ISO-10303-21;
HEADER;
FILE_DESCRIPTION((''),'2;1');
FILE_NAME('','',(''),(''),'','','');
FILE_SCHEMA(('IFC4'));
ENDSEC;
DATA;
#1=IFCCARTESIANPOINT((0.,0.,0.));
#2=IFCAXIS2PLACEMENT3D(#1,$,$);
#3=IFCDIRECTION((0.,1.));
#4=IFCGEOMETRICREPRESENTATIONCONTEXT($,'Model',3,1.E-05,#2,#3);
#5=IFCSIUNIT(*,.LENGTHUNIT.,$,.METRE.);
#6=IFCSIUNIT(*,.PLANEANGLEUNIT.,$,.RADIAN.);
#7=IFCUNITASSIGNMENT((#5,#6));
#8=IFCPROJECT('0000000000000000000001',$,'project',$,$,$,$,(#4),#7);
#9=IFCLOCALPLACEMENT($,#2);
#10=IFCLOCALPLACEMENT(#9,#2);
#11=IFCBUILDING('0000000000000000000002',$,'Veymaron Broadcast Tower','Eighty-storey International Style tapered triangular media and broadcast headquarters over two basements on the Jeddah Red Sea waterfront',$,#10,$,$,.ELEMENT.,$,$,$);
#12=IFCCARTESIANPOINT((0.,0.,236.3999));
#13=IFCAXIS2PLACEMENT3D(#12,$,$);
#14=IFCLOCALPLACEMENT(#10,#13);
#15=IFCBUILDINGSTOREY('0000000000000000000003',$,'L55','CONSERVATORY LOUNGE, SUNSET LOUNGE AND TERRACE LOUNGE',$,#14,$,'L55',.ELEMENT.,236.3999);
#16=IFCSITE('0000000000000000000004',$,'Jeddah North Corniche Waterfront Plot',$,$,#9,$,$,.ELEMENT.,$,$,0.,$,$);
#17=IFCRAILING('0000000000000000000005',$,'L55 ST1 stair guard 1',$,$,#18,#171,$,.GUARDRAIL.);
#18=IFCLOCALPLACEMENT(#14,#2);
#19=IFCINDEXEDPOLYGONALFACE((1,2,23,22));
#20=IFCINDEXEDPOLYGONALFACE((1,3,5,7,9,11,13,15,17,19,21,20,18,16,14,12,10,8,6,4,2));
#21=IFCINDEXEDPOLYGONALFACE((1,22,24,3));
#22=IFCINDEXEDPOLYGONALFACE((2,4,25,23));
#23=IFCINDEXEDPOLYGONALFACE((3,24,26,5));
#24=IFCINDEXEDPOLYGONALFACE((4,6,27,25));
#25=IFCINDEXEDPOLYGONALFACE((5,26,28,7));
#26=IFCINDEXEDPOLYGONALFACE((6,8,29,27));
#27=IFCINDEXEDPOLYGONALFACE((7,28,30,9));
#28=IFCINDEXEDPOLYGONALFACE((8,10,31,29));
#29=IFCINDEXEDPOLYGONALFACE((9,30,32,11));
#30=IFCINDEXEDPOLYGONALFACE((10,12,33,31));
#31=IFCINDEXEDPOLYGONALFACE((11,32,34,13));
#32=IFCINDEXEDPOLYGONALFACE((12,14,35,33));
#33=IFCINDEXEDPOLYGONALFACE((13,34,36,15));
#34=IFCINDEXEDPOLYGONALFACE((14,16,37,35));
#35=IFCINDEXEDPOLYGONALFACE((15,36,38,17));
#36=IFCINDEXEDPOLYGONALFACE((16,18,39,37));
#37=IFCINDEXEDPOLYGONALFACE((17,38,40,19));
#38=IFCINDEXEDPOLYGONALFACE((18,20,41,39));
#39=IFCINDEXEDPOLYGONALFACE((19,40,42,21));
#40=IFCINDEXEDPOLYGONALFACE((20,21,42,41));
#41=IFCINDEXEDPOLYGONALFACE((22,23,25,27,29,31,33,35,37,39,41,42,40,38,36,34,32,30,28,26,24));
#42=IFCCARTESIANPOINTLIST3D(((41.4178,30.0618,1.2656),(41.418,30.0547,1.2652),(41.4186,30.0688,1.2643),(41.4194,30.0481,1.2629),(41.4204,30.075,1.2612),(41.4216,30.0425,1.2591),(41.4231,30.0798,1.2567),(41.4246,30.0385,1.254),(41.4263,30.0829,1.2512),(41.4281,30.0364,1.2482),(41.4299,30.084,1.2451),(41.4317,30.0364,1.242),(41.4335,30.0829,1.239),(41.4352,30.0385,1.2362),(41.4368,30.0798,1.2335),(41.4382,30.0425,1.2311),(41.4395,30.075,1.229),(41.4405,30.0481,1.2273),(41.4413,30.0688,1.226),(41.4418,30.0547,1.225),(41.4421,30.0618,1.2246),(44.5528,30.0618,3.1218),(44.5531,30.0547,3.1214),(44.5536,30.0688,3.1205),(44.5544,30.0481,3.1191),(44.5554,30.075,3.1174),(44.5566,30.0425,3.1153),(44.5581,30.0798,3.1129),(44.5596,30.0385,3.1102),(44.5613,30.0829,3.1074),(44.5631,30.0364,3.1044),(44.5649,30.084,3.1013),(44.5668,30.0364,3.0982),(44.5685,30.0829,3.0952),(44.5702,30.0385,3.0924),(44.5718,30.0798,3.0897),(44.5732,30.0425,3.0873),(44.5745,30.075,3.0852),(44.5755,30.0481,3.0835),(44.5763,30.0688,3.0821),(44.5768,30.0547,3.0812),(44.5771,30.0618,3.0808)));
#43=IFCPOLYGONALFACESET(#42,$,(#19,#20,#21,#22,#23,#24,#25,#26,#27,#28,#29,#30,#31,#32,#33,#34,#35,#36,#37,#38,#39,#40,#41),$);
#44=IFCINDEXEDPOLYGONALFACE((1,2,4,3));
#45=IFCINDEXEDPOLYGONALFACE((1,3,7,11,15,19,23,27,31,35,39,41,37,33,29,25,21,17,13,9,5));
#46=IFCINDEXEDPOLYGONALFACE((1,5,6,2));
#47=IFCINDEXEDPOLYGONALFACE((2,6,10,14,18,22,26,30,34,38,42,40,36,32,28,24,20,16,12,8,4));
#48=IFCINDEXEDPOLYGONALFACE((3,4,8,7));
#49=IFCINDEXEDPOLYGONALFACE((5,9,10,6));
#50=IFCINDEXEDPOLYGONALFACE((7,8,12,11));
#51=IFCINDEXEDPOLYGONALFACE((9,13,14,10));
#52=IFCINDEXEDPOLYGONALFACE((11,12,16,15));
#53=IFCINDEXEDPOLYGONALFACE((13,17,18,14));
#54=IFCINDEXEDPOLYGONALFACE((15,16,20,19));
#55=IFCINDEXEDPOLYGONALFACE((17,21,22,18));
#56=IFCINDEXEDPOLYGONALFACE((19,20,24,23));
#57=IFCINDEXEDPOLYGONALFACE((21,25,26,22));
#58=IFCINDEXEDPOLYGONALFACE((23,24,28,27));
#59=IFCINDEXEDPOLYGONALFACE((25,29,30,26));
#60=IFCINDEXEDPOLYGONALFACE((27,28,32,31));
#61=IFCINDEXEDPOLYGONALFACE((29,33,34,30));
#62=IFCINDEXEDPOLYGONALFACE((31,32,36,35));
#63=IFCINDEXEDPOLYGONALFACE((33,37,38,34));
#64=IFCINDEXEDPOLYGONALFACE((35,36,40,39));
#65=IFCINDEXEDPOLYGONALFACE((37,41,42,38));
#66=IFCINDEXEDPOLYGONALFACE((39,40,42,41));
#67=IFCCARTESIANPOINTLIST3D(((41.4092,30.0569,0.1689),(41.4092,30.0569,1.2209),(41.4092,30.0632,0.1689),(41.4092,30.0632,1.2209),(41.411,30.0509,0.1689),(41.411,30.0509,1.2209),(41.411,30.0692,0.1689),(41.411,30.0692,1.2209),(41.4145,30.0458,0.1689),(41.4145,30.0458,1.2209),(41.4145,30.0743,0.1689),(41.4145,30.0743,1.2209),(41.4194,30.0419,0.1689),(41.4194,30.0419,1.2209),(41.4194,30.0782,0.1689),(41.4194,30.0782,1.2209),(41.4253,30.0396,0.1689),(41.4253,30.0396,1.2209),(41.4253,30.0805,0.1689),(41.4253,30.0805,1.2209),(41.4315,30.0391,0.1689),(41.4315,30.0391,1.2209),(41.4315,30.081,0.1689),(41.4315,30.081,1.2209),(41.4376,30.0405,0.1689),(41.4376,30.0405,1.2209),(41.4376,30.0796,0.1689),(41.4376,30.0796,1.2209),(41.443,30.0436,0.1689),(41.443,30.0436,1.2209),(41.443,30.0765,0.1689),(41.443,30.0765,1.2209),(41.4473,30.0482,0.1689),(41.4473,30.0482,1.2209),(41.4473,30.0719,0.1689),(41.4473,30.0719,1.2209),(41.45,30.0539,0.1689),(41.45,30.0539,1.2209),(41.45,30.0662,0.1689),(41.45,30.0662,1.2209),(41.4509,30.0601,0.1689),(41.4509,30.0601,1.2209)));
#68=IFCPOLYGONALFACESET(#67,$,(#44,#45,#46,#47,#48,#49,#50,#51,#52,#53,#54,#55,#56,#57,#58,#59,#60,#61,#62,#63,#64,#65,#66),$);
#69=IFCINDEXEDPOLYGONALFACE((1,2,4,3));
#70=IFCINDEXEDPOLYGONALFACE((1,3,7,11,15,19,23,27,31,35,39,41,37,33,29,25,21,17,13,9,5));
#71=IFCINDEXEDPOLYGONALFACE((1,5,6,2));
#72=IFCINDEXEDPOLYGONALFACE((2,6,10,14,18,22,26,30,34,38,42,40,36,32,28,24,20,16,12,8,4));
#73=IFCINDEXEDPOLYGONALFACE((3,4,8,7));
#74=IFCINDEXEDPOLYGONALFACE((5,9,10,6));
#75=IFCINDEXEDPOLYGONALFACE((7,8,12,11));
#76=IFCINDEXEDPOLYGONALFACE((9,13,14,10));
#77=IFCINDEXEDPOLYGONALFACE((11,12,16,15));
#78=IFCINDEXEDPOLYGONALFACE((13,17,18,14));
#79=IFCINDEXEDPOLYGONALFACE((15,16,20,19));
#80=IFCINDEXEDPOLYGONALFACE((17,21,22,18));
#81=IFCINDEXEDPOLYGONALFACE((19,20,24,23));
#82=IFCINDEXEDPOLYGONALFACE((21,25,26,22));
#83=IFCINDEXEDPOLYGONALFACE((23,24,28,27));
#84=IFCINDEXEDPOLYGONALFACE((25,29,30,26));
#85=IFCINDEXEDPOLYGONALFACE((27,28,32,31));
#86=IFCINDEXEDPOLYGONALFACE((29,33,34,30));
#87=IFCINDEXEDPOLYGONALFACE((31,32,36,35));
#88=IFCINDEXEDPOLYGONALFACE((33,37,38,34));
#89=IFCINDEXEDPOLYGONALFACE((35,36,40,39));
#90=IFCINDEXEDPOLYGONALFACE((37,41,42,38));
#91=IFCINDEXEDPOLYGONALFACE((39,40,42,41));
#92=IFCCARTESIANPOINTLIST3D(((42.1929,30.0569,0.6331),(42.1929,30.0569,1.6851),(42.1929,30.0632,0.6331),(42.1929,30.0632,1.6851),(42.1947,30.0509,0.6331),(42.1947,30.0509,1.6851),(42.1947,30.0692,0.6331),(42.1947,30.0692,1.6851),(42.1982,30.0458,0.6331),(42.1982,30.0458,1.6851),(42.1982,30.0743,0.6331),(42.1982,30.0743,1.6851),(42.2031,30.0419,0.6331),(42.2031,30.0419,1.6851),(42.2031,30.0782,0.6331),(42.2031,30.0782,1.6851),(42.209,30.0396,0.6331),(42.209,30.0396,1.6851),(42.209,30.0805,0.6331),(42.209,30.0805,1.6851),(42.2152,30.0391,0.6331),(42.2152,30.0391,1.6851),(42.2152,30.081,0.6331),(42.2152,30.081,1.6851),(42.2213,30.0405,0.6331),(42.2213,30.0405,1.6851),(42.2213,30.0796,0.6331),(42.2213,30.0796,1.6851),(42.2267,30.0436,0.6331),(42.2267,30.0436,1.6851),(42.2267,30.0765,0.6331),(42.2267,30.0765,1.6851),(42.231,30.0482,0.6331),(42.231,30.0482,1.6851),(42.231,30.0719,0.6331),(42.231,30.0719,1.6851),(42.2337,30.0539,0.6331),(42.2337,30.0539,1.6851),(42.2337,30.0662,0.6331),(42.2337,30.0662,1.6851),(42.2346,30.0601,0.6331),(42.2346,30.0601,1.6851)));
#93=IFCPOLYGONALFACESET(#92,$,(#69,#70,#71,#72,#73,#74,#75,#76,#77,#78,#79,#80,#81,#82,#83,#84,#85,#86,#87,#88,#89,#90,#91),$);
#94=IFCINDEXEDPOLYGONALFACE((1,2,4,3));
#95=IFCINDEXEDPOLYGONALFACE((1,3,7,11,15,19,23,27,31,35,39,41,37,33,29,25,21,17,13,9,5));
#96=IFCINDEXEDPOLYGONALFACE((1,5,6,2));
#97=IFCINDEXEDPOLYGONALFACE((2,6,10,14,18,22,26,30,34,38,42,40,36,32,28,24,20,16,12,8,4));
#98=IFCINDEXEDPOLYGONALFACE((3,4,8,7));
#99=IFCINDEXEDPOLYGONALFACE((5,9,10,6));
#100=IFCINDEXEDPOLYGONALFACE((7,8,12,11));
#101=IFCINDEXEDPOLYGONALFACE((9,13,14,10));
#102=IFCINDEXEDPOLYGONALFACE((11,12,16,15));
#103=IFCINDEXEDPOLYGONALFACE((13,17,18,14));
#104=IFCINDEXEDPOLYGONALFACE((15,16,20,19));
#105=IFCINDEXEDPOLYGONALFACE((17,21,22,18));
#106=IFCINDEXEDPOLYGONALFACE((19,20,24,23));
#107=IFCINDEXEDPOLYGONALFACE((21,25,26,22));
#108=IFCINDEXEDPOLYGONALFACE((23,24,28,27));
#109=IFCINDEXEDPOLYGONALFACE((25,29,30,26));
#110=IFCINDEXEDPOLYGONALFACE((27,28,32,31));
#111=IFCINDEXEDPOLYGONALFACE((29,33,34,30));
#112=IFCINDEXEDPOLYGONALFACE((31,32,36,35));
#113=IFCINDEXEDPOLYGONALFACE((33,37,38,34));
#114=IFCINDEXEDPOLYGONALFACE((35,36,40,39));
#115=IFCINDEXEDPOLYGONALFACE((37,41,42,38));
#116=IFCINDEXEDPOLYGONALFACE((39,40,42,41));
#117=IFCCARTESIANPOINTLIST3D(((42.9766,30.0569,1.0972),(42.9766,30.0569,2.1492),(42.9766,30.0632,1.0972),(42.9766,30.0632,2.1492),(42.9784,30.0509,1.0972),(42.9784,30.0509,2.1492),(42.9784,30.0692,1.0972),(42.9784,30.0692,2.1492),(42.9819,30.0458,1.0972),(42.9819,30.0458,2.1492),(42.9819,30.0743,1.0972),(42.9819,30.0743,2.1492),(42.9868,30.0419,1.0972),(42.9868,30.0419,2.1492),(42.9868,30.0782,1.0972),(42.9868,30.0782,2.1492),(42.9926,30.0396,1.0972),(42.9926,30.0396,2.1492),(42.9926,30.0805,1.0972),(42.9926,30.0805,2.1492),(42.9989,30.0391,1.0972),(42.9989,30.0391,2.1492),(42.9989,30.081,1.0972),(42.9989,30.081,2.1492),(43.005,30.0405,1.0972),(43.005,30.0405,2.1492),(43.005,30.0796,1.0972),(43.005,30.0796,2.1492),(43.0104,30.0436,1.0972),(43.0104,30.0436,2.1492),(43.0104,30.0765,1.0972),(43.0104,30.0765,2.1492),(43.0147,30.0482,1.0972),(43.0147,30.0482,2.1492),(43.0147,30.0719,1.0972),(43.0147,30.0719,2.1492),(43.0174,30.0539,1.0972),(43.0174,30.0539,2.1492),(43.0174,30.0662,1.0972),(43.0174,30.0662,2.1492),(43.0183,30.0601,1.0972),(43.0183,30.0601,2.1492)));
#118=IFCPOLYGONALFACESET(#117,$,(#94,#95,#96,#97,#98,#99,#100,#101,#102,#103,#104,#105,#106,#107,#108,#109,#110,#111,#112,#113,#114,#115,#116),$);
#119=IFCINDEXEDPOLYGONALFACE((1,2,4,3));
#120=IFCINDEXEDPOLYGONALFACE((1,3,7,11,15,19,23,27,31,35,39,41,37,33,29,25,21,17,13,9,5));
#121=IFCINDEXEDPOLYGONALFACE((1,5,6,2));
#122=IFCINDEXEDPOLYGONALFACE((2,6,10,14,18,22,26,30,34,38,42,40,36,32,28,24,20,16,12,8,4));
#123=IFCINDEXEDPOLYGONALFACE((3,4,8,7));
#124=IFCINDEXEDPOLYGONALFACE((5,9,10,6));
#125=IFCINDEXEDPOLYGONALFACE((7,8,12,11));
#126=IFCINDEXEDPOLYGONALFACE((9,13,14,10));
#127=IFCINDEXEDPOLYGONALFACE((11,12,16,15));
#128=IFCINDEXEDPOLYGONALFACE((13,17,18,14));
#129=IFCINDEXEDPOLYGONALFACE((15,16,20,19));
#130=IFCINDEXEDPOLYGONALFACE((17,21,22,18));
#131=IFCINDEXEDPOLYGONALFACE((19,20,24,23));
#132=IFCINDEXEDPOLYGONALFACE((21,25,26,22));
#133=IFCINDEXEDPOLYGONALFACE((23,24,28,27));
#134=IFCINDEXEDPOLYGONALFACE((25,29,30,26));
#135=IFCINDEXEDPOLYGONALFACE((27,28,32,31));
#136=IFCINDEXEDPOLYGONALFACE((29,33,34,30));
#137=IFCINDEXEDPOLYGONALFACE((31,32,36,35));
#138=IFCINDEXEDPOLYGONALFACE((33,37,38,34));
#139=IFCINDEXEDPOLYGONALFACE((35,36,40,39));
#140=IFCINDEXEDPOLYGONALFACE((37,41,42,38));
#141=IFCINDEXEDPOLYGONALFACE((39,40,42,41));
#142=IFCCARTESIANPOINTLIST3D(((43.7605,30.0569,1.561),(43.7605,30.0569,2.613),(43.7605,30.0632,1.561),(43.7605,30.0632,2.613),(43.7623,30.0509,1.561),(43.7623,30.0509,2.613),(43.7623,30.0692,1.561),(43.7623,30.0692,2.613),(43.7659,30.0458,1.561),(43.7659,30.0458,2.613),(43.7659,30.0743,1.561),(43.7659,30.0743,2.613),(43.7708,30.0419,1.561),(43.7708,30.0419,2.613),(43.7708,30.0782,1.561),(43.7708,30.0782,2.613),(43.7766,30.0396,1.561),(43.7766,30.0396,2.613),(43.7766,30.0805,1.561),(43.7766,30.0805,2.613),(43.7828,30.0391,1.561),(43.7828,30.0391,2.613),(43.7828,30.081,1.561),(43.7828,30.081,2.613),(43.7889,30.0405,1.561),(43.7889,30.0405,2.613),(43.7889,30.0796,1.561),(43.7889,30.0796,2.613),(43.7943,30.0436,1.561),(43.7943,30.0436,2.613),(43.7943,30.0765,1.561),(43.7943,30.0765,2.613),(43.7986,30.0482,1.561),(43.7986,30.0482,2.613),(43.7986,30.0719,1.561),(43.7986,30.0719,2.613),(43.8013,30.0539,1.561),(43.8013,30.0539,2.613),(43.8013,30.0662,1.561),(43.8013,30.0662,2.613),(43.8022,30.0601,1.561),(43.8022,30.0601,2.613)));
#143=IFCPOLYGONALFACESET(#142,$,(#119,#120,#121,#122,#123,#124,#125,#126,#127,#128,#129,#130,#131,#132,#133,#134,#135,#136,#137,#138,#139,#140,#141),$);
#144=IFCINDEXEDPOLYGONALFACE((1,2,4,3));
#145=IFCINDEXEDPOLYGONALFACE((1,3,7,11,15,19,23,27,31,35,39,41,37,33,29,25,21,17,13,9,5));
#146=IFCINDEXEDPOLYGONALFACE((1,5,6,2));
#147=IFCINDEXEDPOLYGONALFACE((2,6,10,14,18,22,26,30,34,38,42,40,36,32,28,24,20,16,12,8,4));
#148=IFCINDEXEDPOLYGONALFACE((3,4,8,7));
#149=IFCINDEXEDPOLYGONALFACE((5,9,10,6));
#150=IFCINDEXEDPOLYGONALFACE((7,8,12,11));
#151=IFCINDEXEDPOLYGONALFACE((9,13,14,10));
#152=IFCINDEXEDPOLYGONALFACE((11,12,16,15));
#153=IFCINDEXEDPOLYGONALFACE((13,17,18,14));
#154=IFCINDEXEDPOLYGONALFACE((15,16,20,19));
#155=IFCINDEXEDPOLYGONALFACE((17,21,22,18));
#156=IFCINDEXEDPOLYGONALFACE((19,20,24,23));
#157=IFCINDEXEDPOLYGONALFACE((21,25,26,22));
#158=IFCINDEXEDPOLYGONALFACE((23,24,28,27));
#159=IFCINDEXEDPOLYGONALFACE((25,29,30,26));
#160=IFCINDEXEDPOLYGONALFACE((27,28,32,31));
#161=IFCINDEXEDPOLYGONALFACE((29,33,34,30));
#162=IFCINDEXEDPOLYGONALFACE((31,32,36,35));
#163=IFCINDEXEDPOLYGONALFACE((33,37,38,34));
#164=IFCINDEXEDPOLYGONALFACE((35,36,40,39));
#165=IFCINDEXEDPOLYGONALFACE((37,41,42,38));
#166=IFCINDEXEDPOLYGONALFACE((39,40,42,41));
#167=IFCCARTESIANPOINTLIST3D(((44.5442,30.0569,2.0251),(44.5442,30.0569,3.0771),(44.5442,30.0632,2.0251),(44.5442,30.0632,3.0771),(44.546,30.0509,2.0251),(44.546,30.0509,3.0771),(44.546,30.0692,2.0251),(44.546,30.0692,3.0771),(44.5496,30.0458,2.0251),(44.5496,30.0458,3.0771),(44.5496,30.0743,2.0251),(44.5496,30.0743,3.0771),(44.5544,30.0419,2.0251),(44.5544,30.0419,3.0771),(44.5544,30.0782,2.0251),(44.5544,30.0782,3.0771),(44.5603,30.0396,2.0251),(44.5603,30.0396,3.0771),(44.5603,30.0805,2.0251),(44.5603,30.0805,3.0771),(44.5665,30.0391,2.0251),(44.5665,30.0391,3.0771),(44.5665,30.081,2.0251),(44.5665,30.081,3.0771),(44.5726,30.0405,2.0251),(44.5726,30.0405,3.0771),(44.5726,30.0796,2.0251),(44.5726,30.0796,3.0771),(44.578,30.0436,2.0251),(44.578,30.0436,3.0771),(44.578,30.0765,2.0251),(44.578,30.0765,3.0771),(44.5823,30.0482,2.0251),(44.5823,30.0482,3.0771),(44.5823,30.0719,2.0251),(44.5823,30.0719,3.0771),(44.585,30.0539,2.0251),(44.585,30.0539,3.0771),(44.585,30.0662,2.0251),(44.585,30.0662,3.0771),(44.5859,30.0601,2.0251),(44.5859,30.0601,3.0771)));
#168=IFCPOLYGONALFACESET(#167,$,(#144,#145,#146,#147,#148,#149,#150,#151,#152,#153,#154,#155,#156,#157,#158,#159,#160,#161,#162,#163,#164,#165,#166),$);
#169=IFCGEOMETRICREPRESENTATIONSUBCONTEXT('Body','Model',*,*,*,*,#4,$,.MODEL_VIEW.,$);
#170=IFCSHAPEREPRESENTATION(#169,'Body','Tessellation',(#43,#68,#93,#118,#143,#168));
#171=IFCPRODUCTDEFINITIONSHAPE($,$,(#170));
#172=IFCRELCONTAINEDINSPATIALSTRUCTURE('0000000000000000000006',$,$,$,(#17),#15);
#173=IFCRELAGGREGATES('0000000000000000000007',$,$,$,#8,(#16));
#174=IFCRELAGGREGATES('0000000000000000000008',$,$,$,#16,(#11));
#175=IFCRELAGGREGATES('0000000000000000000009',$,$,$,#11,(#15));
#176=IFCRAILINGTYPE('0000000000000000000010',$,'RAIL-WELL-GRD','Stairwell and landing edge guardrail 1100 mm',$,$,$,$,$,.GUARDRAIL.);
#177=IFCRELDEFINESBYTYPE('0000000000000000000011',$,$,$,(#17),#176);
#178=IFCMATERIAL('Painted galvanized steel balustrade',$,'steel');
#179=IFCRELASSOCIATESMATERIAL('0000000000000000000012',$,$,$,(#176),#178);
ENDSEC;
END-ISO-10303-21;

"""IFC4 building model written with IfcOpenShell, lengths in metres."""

from ifc_helpers import new_model, si_unit, direction, frame, origin, origin_2d, place, context, subcontext, project, spatial, circle, extrude, material, type_object, element, save


model = new_model("IFC4")

# Units and contexts
model_context = context("Model", 3, precision=1e-05, world=origin(), true_north=direction((0.0, 1.0)))
body_context = subcontext(model_context, "Body", "Model", "MODEL_VIEW")
ifc_project = project(units=[si_unit("LENGTHUNIT", "METRE"), si_unit("PLANEANGLEUNIT", "RADIAN")], contexts=[model_context])

# Site, building, storey
site_placement = place(None, origin())
site = spatial("IfcSite", under=ifc_project, at=site_placement, Name="Jeddah North Corniche Waterfront Plot", CompositionType="ELEMENT", RefElevation=0.0)
building_placement = place(site_placement, origin())
building = spatial("IfcBuilding", under=site, at=building_placement, Name="Veymaron Broadcast Tower", Description="Eighty-storey International Style tapered triangular media and broadcast headquarters over two basements on the Jeddah Red Sea waterfront", CompositionType="ELEMENT")
storey_placement = place(building_placement, frame((0.0, 0.0, 236.3999)))
storey = spatial("IfcBuildingStorey", under=building, at=storey_placement, Name="L55", Description="CONSERVATORY LOUNGE, SUNSET LOUNGE AND TERRACE LOUNGE", LongName="L55", CompositionType="ELEMENT", Elevation=236.3999)

# Railing
ifc_material_1 = material(Name="Painted galvanized steel balustrade", Category="steel")
railing_type_1 = type_object("IfcRailingType", Name="RAIL-WELL-GRD", Description="Stairwell and landing edge guardrail 1100 mm", PredefinedType="GUARDRAIL", material=ifc_material_1)
railing_1_placement = place(storey_placement, frame((41.4299, 30.0601, 0.1689)))
element("IfcRailing", 1, at=railing_1_placement, inside=storey, type_object=railing_type_1, Name="L55 ST1 stair guard 1", PredefinedType="GUARDRAIL", context=body_context, shape_type="SweptSolid", body=[
    extrude(circle(Radius=0.0239, at=origin_2d()), frame((0.0, 0.0, 1.0762), z_axis=(0.860482, 0.0, 0.509481), x_axis=(0.0, 1.0, 0.0)), (0.0, 0.0, 1.0), 3.6433),
    extrude(circle(Radius=0.021, at=origin_2d()), origin(), (0.0, 0.0, 1.0), 1.052),
    extrude(circle(Radius=0.021, at=origin_2d()), frame((0.7837, 0.0, 0.4641)), (0.0, 0.0, 1.0), 1.052),
    extrude(circle(Radius=0.021, at=origin_2d()), frame((1.5674, 0.0, 0.9282)), (0.0, 0.0, 1.0), 1.052),
    extrude(circle(Radius=0.021, at=origin_2d()), frame((2.3513, 0.0, 1.3921)), (0.0, 0.0, 1.0), 1.052),
    extrude(circle(Radius=0.021, at=origin_2d()), frame((3.135, 0.0, 1.8562)), (0.0, 0.0, 1.0), 1.052),
])

save(model, "model.ifc")
